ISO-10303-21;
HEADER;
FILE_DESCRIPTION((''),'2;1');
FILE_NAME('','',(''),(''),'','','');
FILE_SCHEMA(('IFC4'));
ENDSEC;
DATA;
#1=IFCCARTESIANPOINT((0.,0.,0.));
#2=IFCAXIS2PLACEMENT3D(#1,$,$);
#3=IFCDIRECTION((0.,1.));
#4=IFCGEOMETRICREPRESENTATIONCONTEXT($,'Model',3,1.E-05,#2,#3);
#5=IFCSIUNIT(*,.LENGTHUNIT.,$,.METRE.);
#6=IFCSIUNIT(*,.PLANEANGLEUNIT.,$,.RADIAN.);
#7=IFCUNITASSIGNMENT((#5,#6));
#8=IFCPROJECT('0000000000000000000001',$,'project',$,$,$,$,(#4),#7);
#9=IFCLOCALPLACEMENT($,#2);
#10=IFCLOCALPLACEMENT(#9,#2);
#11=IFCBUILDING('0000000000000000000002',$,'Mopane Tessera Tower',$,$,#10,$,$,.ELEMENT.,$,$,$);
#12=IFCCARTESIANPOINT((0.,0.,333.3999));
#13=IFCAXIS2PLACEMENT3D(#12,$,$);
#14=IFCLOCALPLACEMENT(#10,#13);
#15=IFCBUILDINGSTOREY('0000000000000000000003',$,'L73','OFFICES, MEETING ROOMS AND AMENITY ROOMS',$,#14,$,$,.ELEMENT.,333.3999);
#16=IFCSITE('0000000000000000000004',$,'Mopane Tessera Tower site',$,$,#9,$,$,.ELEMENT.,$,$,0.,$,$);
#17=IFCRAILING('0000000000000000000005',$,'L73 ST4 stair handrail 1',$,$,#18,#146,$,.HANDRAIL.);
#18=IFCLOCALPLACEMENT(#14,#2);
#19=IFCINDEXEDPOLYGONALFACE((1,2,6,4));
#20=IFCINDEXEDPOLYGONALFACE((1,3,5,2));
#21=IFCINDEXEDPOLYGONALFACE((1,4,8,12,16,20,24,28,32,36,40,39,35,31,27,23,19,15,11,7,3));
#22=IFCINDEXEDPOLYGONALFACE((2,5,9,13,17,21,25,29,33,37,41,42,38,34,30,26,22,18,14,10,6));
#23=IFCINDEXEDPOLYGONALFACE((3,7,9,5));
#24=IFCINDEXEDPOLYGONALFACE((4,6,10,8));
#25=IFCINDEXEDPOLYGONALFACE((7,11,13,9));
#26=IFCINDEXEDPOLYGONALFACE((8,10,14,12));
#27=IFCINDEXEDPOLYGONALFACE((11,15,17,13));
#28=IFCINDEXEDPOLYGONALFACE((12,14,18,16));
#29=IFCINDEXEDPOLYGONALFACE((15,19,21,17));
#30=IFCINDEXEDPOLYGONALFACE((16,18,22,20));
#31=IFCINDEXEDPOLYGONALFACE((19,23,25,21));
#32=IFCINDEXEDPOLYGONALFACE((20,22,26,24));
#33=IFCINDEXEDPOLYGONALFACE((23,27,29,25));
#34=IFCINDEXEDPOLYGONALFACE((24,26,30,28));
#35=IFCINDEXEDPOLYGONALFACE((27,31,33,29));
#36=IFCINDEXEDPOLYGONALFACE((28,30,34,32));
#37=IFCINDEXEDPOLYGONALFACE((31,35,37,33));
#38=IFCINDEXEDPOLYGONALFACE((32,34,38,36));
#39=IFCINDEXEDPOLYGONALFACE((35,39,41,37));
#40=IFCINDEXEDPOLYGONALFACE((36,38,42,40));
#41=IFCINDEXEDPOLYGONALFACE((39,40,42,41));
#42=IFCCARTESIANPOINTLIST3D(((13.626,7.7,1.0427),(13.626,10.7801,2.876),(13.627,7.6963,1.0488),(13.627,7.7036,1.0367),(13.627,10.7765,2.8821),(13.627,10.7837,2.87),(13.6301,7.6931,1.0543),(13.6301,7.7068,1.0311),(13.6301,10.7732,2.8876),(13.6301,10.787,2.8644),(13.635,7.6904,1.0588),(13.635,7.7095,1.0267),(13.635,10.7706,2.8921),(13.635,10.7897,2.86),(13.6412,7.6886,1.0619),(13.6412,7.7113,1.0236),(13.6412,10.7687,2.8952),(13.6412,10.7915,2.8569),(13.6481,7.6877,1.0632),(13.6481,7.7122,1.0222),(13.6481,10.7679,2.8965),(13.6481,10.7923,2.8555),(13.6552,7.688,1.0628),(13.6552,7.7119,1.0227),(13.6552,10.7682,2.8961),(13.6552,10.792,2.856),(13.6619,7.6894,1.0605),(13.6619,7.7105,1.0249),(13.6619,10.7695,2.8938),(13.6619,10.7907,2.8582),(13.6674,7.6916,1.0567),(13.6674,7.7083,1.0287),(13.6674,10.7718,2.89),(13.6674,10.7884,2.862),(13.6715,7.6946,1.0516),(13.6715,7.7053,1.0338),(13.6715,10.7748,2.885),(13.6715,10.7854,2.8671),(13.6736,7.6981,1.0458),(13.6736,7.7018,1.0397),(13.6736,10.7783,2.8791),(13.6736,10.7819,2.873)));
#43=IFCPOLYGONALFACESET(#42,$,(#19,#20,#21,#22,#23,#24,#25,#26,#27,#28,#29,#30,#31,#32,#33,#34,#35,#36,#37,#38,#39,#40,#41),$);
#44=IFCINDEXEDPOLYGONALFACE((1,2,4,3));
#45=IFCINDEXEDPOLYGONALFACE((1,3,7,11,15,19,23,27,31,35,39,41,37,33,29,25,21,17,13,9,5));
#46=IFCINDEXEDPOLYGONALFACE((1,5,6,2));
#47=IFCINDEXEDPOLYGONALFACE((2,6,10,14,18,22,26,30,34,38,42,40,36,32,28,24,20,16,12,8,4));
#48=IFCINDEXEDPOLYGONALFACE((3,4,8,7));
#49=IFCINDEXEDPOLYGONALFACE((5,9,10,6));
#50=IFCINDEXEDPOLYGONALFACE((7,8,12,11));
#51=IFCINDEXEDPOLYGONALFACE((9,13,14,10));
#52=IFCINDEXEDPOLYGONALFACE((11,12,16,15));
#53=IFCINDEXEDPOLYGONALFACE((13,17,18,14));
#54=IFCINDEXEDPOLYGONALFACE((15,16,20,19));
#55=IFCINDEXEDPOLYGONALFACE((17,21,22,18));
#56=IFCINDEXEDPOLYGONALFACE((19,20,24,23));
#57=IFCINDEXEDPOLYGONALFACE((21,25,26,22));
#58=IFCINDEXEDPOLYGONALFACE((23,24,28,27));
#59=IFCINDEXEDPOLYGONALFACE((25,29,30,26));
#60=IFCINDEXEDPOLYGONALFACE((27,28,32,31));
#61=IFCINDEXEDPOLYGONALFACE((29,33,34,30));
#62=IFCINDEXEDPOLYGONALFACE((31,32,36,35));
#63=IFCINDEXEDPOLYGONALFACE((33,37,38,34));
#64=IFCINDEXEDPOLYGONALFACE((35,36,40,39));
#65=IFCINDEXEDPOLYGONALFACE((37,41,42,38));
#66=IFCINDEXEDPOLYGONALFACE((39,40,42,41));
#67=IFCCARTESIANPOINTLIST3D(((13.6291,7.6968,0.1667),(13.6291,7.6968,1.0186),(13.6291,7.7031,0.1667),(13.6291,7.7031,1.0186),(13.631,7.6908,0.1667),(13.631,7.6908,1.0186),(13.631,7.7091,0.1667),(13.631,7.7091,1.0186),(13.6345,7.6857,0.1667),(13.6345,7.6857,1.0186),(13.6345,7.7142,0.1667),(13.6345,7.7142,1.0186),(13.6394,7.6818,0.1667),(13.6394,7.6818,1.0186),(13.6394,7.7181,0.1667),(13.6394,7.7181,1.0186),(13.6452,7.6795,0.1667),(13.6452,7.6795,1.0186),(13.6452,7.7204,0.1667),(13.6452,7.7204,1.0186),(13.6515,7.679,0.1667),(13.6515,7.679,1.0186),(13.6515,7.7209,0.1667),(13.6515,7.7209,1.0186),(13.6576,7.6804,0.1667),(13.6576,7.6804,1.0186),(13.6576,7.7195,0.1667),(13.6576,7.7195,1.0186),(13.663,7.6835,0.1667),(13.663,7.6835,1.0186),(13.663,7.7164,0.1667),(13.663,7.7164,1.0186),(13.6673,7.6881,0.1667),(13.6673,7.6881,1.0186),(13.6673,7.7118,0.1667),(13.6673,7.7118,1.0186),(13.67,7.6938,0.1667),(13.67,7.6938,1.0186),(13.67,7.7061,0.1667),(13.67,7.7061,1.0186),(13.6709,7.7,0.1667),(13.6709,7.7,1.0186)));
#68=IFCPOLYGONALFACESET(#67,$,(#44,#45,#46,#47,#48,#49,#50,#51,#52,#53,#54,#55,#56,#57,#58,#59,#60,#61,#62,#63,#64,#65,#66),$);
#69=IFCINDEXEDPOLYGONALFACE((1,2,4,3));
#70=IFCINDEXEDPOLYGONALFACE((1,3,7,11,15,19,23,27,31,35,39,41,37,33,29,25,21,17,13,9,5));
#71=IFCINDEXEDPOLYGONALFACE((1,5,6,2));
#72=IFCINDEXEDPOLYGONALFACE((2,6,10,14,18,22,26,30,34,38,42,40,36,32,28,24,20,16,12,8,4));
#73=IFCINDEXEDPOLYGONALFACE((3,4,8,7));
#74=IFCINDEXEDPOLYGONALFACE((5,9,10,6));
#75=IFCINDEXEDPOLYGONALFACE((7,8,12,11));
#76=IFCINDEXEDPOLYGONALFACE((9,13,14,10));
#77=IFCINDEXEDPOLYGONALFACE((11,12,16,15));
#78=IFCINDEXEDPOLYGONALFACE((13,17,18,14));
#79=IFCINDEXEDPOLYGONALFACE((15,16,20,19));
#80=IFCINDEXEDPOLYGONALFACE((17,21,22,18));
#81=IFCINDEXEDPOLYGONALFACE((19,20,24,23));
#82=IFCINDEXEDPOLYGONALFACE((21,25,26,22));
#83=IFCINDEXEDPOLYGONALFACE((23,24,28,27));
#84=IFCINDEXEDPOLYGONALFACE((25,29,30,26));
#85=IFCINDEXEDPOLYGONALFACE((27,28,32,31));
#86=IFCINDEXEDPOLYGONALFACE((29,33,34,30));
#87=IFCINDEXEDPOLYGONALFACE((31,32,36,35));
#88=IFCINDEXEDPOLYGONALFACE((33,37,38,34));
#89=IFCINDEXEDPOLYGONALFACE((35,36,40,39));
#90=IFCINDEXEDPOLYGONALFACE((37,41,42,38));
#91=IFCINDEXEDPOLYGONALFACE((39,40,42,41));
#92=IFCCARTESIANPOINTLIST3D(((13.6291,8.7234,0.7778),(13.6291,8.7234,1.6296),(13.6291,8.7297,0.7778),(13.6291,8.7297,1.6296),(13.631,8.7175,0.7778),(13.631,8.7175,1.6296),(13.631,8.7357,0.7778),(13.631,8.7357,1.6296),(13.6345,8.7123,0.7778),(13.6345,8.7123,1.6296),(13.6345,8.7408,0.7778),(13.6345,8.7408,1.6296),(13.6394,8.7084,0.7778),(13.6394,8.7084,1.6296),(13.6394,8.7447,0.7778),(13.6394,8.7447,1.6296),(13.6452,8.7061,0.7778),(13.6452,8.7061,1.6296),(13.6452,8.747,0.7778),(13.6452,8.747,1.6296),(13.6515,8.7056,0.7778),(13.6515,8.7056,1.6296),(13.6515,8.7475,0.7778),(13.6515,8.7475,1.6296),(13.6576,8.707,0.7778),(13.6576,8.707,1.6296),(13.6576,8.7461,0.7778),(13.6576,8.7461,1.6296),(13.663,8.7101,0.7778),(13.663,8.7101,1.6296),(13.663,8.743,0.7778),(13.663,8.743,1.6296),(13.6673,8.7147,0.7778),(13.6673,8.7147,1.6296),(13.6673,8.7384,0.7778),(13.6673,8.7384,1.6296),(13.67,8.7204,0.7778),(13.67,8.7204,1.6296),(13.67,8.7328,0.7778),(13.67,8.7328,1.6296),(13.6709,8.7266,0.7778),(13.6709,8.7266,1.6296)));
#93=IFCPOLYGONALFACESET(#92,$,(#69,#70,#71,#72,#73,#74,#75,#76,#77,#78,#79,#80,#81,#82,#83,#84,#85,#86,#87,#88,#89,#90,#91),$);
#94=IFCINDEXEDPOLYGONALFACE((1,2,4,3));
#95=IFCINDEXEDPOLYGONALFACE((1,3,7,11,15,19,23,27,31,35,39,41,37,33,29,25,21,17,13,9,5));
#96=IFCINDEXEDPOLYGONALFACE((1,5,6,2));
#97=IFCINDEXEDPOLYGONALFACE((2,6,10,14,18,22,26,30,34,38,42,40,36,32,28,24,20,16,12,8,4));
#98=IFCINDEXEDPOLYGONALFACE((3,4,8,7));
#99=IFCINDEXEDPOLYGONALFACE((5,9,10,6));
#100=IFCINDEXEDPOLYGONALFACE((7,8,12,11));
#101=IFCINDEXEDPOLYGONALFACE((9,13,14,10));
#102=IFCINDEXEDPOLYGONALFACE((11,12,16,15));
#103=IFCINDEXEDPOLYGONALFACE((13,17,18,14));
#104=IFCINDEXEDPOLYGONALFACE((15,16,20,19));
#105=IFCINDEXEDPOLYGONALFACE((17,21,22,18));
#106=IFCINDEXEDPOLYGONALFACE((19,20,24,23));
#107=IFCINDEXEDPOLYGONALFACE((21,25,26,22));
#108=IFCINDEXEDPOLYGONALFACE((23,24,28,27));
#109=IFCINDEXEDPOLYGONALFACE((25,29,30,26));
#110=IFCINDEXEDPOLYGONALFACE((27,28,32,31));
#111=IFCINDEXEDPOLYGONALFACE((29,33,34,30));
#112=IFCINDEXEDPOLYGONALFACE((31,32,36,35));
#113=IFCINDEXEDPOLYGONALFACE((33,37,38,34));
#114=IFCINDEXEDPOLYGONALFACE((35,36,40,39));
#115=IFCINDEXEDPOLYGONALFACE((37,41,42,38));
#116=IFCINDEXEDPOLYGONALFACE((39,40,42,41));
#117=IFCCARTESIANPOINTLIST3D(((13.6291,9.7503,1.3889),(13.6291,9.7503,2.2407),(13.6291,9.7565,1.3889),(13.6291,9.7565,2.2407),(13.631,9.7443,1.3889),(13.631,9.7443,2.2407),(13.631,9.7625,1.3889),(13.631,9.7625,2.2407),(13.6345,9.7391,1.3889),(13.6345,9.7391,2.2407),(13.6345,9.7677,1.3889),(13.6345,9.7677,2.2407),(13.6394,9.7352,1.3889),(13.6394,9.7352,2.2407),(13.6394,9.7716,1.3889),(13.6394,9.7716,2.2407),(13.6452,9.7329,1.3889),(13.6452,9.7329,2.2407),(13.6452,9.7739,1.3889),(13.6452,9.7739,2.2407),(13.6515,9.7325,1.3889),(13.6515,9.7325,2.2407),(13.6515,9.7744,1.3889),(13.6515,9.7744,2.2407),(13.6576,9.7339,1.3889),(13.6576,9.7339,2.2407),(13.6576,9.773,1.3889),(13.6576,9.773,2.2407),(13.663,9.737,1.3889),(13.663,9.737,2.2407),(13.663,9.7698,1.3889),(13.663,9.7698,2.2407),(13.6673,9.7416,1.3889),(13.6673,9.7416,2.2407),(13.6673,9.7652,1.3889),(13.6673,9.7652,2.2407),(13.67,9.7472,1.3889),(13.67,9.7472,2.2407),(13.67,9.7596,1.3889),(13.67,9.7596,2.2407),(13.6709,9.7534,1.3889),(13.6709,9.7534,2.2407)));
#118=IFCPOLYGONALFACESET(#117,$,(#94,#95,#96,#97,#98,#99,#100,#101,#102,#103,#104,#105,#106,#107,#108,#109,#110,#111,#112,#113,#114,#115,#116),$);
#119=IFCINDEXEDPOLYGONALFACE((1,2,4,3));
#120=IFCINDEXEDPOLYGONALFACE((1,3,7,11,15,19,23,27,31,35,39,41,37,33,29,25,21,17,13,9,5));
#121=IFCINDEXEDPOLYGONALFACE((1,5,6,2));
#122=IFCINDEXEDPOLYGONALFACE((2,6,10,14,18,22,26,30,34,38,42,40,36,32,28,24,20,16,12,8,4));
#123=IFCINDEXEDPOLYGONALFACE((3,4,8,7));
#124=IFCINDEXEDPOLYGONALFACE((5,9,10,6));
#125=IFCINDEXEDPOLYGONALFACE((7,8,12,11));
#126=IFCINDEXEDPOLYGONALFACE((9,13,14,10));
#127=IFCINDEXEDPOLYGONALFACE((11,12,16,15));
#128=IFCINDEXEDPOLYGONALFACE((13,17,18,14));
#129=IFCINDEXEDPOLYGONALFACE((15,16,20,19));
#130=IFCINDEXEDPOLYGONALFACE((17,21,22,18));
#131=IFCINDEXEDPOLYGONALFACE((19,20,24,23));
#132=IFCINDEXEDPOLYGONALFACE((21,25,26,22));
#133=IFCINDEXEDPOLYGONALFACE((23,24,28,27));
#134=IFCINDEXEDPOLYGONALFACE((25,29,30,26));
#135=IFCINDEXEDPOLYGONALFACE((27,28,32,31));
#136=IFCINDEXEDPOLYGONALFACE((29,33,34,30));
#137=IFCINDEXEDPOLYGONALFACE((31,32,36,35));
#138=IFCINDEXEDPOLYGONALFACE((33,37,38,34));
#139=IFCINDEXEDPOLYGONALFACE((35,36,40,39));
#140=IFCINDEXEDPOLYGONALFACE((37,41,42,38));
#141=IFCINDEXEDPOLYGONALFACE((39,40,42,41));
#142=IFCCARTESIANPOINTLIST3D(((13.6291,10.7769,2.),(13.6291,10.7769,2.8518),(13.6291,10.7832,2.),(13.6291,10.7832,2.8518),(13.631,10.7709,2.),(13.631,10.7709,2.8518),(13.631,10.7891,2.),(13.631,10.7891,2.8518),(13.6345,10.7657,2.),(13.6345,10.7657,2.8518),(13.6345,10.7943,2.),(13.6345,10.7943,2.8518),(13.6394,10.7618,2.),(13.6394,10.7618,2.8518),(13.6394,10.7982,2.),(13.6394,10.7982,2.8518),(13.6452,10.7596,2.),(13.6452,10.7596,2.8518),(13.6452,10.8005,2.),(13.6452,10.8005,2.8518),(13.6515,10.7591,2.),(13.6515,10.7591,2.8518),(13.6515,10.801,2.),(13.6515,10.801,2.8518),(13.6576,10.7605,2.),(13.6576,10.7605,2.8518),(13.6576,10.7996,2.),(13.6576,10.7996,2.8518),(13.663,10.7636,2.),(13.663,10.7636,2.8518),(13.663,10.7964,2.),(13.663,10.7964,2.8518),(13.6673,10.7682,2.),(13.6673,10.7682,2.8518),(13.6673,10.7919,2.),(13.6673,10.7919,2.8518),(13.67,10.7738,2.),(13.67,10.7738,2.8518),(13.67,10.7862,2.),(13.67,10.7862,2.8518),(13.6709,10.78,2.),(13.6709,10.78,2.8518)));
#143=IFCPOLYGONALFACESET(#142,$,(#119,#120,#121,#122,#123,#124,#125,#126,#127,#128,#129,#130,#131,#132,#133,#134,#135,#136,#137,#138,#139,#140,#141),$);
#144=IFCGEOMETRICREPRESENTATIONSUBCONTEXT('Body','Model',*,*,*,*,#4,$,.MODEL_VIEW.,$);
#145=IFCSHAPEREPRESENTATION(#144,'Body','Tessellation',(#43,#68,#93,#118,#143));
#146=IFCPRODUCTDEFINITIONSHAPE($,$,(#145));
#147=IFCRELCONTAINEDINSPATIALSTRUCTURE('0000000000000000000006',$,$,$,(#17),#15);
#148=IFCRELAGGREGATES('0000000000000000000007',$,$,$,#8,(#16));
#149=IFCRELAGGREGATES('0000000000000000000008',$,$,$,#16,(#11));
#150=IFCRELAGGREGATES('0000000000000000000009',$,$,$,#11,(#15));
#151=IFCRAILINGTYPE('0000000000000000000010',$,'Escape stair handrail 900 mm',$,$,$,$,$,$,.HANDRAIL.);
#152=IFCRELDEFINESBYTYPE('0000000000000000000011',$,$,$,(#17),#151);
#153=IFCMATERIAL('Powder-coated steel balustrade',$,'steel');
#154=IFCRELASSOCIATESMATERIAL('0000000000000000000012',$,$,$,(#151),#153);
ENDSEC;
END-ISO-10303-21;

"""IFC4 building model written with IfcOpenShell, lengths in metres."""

from ifc_helpers import new_model, si_unit, direction, frame, origin, origin_2d, place, context, subcontext, project, spatial, circle, extrude, material, type_object, element, save


model = new_model("IFC4")

# Units and contexts
model_context = context("Model", 3, precision=1e-05, world=origin(), true_north=direction((0.0, 1.0)))
body_context = subcontext(model_context, "Body", "Model", "MODEL_VIEW")
ifc_project = project(units=[si_unit("LENGTHUNIT", "METRE"), si_unit("PLANEANGLEUNIT", "RADIAN")], contexts=[model_context])

# Site, building, storey
site_placement = place(None, origin())
site = spatial("IfcSite", under=ifc_project, at=site_placement, Name="Mopane Tessera Tower site", CompositionType="ELEMENT", RefElevation=0.0)
building_placement = place(site_placement, origin())
building = spatial("IfcBuilding", under=site, at=building_placement, Name="Mopane Tessera Tower", CompositionType="ELEMENT")
storey_placement = place(building_placement, frame((0.0, 0.0, 333.3999)))
storey = spatial("IfcBuildingStorey", under=building, at=storey_placement, Name="L73", Description="OFFICES, MEETING ROOMS AND AMENITY ROOMS", CompositionType="ELEMENT", Elevation=333.3999)

# Railing
ifc_material_1 = material(Name="Powder-coated steel balustrade", Category="steel")
railing_type_1 = type_object("IfcRailingType", Name="Escape stair handrail 900 mm", PredefinedType="HANDRAIL", material=ifc_material_1)
railing_1_placement = place(storey_placement, frame((13.6499, 7.7, 0.1667)))
element("IfcRailing", 1, at=railing_1_placement, inside=storey, type_object=railing_type_1, Name="L73 ST4 stair handrail 1", PredefinedType="HANDRAIL", context=body_context, shape_type="SweptSolid", body=[
    extrude(circle(Radius=0.0239, at=origin_2d()), frame((0.0, 0.0, 0.876), z_axis=(0.0, 0.859309, 0.511458), x_axis=(-1.0, 0.0, 0.0)), (0.0, 0.0, 1.0), 3.5845),
    extrude(circle(Radius=0.021, at=origin_2d()), origin(), (0.0, 0.0, 1.0), 0.8518),
    extrude(circle(Radius=0.021, at=origin_2d()), frame((0.0, 1.0266, 0.6111)), (0.0, 0.0, 1.0), 0.8518),
    extrude(circle(Radius=0.021, at=origin_2d()), frame((0.0, 2.0535, 1.2222)), (0.0, 0.0, 1.0), 0.8518),
    extrude(circle(Radius=0.021, at=origin_2d()), frame((0.0, 3.0801, 1.8333)), (0.0, 0.0, 1.0), 0.8518),
])

save(model, "model.ifc")
